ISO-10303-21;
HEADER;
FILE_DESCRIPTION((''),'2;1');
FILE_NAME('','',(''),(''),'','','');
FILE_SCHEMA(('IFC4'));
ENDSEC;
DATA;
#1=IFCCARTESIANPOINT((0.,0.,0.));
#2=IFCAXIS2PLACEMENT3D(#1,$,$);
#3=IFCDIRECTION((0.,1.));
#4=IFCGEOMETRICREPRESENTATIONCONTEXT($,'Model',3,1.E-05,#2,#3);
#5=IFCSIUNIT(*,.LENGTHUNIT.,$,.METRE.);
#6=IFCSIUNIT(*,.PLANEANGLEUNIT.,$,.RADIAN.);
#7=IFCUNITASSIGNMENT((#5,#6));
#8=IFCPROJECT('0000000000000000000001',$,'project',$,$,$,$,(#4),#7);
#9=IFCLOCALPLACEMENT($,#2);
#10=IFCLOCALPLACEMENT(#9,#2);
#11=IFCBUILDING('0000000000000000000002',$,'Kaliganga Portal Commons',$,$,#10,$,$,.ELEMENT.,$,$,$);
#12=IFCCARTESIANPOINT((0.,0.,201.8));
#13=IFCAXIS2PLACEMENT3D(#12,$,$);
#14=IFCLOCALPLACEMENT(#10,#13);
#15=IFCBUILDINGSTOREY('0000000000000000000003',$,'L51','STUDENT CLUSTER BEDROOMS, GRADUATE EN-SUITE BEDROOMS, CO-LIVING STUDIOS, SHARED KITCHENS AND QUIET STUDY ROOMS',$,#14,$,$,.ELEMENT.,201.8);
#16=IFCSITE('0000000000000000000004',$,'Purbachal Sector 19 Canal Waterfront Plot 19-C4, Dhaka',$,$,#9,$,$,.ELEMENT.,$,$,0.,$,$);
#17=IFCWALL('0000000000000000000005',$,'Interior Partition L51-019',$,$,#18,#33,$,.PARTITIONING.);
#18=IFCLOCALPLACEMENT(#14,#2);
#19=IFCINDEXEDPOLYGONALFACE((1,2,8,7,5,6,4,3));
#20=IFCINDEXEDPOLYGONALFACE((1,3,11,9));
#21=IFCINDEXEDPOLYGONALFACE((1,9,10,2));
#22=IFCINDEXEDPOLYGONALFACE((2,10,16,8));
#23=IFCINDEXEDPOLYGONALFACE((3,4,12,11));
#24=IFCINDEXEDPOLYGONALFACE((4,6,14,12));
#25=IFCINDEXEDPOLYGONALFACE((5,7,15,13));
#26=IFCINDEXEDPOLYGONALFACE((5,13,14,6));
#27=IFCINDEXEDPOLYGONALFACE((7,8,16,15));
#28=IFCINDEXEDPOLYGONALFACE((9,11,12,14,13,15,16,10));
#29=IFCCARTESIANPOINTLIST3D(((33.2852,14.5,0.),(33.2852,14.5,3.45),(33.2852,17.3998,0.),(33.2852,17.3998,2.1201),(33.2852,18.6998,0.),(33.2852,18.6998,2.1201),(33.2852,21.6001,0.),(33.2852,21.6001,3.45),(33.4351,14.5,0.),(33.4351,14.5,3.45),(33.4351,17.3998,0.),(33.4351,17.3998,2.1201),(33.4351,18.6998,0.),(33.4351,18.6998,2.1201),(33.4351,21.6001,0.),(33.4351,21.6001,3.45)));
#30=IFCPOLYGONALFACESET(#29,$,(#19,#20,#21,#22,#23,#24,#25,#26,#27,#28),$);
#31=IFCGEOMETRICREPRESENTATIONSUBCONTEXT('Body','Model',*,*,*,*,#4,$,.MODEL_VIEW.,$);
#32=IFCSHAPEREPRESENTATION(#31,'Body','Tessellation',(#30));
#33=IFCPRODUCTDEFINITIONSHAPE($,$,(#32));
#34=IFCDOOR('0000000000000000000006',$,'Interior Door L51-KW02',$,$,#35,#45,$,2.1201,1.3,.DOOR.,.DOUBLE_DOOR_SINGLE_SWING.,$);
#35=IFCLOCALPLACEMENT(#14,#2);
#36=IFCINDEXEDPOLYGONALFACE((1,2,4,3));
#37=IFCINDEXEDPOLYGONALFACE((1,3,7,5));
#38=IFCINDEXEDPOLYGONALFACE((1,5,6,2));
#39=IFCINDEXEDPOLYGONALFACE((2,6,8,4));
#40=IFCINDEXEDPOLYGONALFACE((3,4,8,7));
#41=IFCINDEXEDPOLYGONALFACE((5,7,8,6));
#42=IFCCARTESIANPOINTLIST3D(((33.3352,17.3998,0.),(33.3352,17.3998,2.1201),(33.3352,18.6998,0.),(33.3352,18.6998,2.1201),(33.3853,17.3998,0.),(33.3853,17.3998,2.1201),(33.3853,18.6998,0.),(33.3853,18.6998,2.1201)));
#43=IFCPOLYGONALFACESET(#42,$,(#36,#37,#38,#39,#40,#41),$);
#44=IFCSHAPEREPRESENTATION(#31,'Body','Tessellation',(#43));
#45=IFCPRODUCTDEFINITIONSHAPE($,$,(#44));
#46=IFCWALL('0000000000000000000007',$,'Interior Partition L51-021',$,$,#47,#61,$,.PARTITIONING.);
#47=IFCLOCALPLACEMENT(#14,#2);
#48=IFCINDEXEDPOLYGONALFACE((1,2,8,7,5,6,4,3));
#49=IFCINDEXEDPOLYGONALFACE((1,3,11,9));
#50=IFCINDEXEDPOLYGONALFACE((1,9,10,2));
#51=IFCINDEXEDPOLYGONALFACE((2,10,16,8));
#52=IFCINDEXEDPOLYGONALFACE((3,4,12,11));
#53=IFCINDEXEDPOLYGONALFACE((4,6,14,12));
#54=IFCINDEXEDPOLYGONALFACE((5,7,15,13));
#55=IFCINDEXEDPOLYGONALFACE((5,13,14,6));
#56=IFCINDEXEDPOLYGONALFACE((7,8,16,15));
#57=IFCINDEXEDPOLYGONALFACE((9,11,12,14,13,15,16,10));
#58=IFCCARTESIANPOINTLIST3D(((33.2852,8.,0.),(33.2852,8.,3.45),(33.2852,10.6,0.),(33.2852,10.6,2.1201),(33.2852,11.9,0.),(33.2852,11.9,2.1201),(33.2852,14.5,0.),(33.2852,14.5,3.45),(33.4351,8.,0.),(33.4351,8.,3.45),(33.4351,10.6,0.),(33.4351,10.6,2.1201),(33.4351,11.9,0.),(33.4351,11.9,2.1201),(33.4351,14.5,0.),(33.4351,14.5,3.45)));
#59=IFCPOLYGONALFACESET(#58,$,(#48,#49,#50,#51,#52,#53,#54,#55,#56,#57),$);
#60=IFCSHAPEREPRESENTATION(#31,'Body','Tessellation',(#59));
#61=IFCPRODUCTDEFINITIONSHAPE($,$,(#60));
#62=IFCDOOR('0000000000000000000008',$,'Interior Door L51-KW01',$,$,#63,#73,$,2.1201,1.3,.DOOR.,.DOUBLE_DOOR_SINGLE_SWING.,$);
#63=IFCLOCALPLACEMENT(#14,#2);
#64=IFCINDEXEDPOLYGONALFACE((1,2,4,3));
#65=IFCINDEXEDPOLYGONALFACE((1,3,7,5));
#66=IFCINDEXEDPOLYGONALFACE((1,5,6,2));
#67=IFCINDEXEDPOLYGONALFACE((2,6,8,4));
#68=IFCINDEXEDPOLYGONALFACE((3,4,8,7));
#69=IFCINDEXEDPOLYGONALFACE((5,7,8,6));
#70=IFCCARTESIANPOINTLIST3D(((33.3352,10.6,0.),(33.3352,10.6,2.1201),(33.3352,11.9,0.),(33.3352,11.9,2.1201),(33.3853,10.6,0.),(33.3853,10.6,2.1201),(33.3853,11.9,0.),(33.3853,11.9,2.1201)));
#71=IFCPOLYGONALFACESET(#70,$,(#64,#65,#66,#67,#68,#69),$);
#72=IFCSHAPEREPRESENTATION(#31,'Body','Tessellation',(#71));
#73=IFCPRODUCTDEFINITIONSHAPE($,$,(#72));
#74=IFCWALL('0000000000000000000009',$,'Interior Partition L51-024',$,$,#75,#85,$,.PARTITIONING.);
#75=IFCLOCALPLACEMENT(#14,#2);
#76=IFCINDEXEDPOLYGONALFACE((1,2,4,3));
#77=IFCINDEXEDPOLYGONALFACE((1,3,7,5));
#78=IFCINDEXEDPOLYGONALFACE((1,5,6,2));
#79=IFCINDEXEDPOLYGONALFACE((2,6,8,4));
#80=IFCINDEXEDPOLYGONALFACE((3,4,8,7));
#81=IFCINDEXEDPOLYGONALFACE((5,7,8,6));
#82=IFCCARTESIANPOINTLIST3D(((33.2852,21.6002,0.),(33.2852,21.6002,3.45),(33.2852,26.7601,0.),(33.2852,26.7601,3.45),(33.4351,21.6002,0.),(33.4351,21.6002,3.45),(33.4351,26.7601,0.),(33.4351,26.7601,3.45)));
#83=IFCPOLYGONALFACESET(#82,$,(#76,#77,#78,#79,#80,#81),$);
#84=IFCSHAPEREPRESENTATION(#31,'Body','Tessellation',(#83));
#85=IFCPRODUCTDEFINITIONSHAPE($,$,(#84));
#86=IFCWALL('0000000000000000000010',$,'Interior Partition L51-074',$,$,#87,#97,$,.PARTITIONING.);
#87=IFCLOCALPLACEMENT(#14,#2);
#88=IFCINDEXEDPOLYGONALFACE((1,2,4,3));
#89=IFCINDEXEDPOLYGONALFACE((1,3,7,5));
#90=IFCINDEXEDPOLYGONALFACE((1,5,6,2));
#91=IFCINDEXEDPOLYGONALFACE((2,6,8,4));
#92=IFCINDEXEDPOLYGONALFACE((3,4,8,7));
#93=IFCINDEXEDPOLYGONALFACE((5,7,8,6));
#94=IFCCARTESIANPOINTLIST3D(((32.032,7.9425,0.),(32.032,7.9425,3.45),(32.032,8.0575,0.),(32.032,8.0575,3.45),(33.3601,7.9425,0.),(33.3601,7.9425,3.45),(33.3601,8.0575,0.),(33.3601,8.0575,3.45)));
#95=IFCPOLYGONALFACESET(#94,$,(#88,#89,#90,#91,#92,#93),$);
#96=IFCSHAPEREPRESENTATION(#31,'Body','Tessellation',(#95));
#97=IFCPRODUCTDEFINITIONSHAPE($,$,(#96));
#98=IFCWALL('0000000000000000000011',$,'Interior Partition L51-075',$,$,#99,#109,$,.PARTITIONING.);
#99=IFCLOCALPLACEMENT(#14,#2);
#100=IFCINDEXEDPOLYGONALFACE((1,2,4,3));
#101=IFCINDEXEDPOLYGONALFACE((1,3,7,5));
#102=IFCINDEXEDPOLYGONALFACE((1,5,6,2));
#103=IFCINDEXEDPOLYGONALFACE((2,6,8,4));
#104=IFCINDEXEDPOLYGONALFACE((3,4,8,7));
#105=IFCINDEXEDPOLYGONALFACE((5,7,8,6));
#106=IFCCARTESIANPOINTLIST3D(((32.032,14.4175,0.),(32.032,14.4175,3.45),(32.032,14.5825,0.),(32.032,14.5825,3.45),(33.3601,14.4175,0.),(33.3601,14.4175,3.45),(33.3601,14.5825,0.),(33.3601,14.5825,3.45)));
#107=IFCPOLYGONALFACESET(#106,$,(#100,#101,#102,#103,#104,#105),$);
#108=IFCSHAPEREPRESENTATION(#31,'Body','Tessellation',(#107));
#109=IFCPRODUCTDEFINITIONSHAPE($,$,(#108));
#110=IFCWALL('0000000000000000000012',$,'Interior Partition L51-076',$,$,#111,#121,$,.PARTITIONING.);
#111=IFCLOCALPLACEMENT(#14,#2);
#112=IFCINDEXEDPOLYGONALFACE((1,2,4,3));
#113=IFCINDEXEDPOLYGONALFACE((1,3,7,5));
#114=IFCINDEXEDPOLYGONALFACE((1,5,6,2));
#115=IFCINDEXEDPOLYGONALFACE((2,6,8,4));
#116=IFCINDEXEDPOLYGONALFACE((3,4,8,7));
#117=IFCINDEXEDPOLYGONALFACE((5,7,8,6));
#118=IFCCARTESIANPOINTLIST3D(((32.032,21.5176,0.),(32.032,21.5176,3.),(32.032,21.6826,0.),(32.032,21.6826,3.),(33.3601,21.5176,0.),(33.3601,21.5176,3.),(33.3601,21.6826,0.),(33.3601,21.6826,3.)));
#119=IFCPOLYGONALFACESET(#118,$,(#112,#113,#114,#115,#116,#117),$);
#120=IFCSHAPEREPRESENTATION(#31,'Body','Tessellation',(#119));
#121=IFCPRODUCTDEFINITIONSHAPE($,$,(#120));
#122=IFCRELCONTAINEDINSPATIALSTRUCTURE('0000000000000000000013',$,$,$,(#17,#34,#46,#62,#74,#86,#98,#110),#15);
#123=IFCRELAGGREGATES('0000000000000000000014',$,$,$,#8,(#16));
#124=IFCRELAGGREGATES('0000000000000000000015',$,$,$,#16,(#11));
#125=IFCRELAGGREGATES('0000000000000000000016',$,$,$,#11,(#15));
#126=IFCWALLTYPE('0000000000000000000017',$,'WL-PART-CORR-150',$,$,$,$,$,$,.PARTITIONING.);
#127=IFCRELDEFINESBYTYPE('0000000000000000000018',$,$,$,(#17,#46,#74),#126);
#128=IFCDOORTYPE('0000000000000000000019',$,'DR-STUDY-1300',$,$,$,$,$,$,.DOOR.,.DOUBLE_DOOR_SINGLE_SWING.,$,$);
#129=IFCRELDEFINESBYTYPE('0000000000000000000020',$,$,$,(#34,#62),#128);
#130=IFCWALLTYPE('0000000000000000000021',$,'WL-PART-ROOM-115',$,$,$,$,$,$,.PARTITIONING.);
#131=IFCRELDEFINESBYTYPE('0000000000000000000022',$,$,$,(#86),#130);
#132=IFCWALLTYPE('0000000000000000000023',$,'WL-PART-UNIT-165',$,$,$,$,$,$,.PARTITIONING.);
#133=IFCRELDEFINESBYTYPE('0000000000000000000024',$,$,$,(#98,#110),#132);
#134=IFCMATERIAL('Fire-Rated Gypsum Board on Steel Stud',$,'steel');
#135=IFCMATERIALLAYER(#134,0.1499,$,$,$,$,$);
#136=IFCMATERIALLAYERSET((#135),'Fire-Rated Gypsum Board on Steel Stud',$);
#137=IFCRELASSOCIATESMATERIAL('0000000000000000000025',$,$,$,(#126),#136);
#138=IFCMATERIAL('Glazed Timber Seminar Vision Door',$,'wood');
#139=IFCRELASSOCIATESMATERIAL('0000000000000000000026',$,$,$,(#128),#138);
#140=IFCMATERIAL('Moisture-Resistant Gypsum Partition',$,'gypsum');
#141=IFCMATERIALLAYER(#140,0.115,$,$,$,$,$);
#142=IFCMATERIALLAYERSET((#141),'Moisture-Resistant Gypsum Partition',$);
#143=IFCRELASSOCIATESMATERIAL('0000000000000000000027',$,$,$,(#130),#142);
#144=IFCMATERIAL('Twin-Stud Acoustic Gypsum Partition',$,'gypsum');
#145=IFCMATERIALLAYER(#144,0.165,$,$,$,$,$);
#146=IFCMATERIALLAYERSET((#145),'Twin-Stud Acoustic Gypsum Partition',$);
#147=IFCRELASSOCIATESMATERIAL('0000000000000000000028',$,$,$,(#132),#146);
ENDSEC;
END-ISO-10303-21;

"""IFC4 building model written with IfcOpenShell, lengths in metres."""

from ifc_helpers import new_model, si_unit, direction, frame, frame_2d, origin, place, context, subcontext, project, spatial, rectangle, extrude, material, layer, layer_set, type_object, element, fill, save


model = new_model("IFC4")

# Units and contexts
model_context = context("Model", 3, precision=1e-05, world=origin(), true_north=direction((0.0, 1.0)))
body_context = subcontext(model_context, "Body", "Model", "MODEL_VIEW")
ifc_project = project(units=[si_unit("LENGTHUNIT", "METRE"), si_unit("PLANEANGLEUNIT", "RADIAN")], contexts=[model_context])

# Site, building, storey
site_placement = place(None, origin())
site = spatial("IfcSite", under=ifc_project, at=site_placement, Name="Purbachal Sector 19 Canal Waterfront Plot 19-C4, Dhaka", CompositionType="ELEMENT", RefElevation=0.0)
building_placement = place(site_placement, origin())
building = spatial("IfcBuilding", under=site, at=building_placement, Name="Kaliganga Portal Commons", CompositionType="ELEMENT")
storey_placement = place(building_placement, frame((0.0, 0.0, 201.8)))
storey = spatial("IfcBuildingStorey", under=building, at=storey_placement, Name="L51", Description="STUDENT CLUSTER BEDROOMS, GRADUATE EN-SUITE BEDROOMS, CO-LIVING STUDIOS, SHARED KITCHENS AND QUIET STUDY ROOMS", CompositionType="ELEMENT", Elevation=201.8)

# Shared definitions
ifc_material_1 = material(Name="Fire-Rated Gypsum Board on Steel Stud", Category="steel")
ifc_layer_1 = layer(ifc_material_1, 0.1499)
ifc_layer_set_1 = layer_set([ifc_layer_1], Name="Fire-Rated Gypsum Board on Steel Stud")
wall_type_1 = type_object("IfcWallType", Name="WL-PART-CORR-150", PredefinedType="PARTITIONING", material=ifc_layer_set_1)
ifc_material_2 = material(Name="Glazed Timber Seminar Vision Door", Category="wood")
door_type = type_object("IfcDoorType", Name="DR-STUDY-1300", OperationType="DOUBLE_DOOR_SINGLE_SWING", PredefinedType="DOOR", material=ifc_material_2)

# Walls, openings, doors
wall_1_placement = place(storey_placement, frame((33.3601, 14.5, 0.0), z_axis=(0.0, 0.0, 1.0), x_axis=(0.0, 1.0, 0.0)))
wall_1 = element("IfcWall", 1, at=wall_1_placement, inside=storey, type_object=wall_type_1, Name="Interior Partition L51-019", PredefinedType="PARTITIONING", context=body_context, shape_type="SweptSolid", body=[
    extrude(rectangle(XDim=7.1001, YDim=0.1499, at=frame_2d((3.55, 0.0))), origin(), (0.0, 0.0, 1.0), 3.45),
])
opening_1_placement = place(wall_1_placement, frame((2.8999, 0.0, 0.0)))
opening_1 = element("IfcOpeningElement", 2, at=opening_1_placement, cuts=wall_1, PredefinedType="OPENING", context=body_context, shape_type="SweptSolid", body=[
    extrude(rectangle(XDim=1.3, YDim=2.1201, at=frame_2d((0.6499, 1.0601))), frame((0.0, 0.085, 0.0), z_axis=(0.0, -1.0, 0.0), x_axis=(1.0, 0.0, 0.0)), (0.0, 0.0, 1.0), 0.1699),
])
door_1_placement = place(opening_1_placement, origin())
door_1 = element("IfcDoor", 3, at=door_1_placement, inside=storey, type_object=door_type, Name="Interior Door L51-KW02", OperationType="DOUBLE_DOOR_SINGLE_SWING", OverallHeight=2.1201, OverallWidth=1.3, PredefinedType="DOOR", context=body_context, shape_type="SweptSolid", body=[
    extrude(rectangle(XDim=1.3, YDim=2.1201, at=frame_2d((0.6499, 1.0601))), frame((0.0, 0.0249, 0.0), z_axis=(0.0, -1.0, 0.0), x_axis=(1.0, 0.0, 0.0)), (0.0, 0.0, 1.0), 0.05),
])
fill(opening_1, door_1)
wall_2_placement = place(storey_placement, frame((33.3601, 8.0, 0.0), z_axis=(0.0, 0.0, 1.0), x_axis=(0.0, 1.0, 0.0)))
wall_2 = element("IfcWall", 4, at=wall_2_placement, inside=storey, type_object=wall_type_1, Name="Interior Partition L51-021", PredefinedType="PARTITIONING", context=body_context, shape_type="SweptSolid", body=[
    extrude(rectangle(XDim=6.5, YDim=0.1499, at=frame_2d((3.25, 0.0))), origin(), (0.0, 0.0, 1.0), 3.45),
])
opening_2_placement = place(wall_2_placement, frame((2.6001, 0.0, 0.0)))
opening_2 = element("IfcOpeningElement", 5, at=opening_2_placement, cuts=wall_2, PredefinedType="OPENING", context=body_context, shape_type="SweptSolid", body=[
    extrude(rectangle(XDim=1.3, YDim=2.1201, at=frame_2d((0.6499, 1.0601))), frame((0.0, 0.085, 0.0), z_axis=(0.0, -1.0, 0.0), x_axis=(1.0, 0.0, 0.0)), (0.0, 0.0, 1.0), 0.1699),
])
door_2_placement = place(opening_2_placement, origin())
door_2 = element("IfcDoor", 6, at=door_2_placement, inside=storey, type_object=door_type, Name="Interior Door L51-KW01", OperationType="DOUBLE_DOOR_SINGLE_SWING", OverallHeight=2.1201, OverallWidth=1.3, PredefinedType="DOOR", context=body_context, shape_type="SweptSolid", body=[
    extrude(rectangle(XDim=1.3, YDim=2.1201, at=frame_2d((0.6499, 1.0601))), frame((0.0, 0.0249, 0.0), z_axis=(0.0, -1.0, 0.0), x_axis=(1.0, 0.0, 0.0)), (0.0, 0.0, 1.0), 0.05),
])
fill(opening_2, door_2)

# Walls
wall_3_placement = place(storey_placement, frame((33.3601, 21.6001, 0.0), z_axis=(0.0, 0.0, 1.0), x_axis=(0.0, 1.0, 0.0)))
element("IfcWall", 7, at=wall_3_placement, inside=storey, type_object=wall_type_1, Name="Interior Partition L51-024", PredefinedType="PARTITIONING", context=body_context, shape_type="SweptSolid", body=[
    extrude(rectangle(XDim=5.1599, YDim=0.1499, at=frame_2d((2.5801, 0.0))), origin(), (0.0, 0.0, 1.0), 3.45),
])
ifc_material_3 = material(Name="Moisture-Resistant Gypsum Partition", Category="gypsum")
ifc_layer_2 = layer(ifc_material_3, 0.115)
ifc_layer_set_2 = layer_set([ifc_layer_2], Name="Moisture-Resistant Gypsum Partition")
wall_type_2 = type_object("IfcWallType", Name="WL-PART-ROOM-115", PredefinedType="PARTITIONING", material=ifc_layer_set_2)
wall_4_placement = place(storey_placement, frame((32.032, 8.0, 0.0), z_axis=(0.0, 0.0, 1.0), x_axis=(1.0, 0.0, 0.0)))
element("IfcWall", 8, at=wall_4_placement, inside=storey, type_object=wall_type_2, Name="Interior Partition L51-074", PredefinedType="PARTITIONING", context=body_context, shape_type="SweptSolid", body=[
    extrude(rectangle(XDim=1.3281, YDim=0.115, at=frame_2d((0.6641, 0.0))), origin(), (0.0, 0.0, 1.0), 3.45),
])
ifc_material_4 = material(Name="Twin-Stud Acoustic Gypsum Partition", Category="gypsum")
ifc_layer_3 = layer(ifc_material_4, 0.165)
ifc_layer_set_3 = layer_set([ifc_layer_3], Name="Twin-Stud Acoustic Gypsum Partition")
wall_type_3 = type_object("IfcWallType", Name="WL-PART-UNIT-165", PredefinedType="PARTITIONING", material=ifc_layer_set_3)
wall_5_placement = place(storey_placement, frame((32.032, 14.5, 0.0), z_axis=(0.0, 0.0, 1.0), x_axis=(1.0, 0.0, 0.0)))
element("IfcWall", 9, at=wall_5_placement, inside=storey, type_object=wall_type_3, Name="Interior Partition L51-075", PredefinedType="PARTITIONING", context=body_context, shape_type="SweptSolid", body=[
    extrude(rectangle(XDim=1.3281, YDim=0.165, at=frame_2d((0.6641, 0.0))), origin(), (0.0, 0.0, 1.0), 3.45),
])
wall_6_placement = place(storey_placement, frame((32.032, 21.6001, 0.0), z_axis=(0.0, 0.0, 1.0), x_axis=(1.0, 0.0, 0.0)))
element("IfcWall", 10, at=wall_6_placement, inside=storey, type_object=wall_type_3, Name="Interior Partition L51-076", PredefinedType="PARTITIONING", context=body_context, shape_type="SweptSolid", body=[
    extrude(rectangle(XDim=1.3281, YDim=0.165, at=frame_2d((0.6641, 0.0))), origin(), (0.0, 0.0, 1.0), 3.0),
])

save(model, "model.ifc")
